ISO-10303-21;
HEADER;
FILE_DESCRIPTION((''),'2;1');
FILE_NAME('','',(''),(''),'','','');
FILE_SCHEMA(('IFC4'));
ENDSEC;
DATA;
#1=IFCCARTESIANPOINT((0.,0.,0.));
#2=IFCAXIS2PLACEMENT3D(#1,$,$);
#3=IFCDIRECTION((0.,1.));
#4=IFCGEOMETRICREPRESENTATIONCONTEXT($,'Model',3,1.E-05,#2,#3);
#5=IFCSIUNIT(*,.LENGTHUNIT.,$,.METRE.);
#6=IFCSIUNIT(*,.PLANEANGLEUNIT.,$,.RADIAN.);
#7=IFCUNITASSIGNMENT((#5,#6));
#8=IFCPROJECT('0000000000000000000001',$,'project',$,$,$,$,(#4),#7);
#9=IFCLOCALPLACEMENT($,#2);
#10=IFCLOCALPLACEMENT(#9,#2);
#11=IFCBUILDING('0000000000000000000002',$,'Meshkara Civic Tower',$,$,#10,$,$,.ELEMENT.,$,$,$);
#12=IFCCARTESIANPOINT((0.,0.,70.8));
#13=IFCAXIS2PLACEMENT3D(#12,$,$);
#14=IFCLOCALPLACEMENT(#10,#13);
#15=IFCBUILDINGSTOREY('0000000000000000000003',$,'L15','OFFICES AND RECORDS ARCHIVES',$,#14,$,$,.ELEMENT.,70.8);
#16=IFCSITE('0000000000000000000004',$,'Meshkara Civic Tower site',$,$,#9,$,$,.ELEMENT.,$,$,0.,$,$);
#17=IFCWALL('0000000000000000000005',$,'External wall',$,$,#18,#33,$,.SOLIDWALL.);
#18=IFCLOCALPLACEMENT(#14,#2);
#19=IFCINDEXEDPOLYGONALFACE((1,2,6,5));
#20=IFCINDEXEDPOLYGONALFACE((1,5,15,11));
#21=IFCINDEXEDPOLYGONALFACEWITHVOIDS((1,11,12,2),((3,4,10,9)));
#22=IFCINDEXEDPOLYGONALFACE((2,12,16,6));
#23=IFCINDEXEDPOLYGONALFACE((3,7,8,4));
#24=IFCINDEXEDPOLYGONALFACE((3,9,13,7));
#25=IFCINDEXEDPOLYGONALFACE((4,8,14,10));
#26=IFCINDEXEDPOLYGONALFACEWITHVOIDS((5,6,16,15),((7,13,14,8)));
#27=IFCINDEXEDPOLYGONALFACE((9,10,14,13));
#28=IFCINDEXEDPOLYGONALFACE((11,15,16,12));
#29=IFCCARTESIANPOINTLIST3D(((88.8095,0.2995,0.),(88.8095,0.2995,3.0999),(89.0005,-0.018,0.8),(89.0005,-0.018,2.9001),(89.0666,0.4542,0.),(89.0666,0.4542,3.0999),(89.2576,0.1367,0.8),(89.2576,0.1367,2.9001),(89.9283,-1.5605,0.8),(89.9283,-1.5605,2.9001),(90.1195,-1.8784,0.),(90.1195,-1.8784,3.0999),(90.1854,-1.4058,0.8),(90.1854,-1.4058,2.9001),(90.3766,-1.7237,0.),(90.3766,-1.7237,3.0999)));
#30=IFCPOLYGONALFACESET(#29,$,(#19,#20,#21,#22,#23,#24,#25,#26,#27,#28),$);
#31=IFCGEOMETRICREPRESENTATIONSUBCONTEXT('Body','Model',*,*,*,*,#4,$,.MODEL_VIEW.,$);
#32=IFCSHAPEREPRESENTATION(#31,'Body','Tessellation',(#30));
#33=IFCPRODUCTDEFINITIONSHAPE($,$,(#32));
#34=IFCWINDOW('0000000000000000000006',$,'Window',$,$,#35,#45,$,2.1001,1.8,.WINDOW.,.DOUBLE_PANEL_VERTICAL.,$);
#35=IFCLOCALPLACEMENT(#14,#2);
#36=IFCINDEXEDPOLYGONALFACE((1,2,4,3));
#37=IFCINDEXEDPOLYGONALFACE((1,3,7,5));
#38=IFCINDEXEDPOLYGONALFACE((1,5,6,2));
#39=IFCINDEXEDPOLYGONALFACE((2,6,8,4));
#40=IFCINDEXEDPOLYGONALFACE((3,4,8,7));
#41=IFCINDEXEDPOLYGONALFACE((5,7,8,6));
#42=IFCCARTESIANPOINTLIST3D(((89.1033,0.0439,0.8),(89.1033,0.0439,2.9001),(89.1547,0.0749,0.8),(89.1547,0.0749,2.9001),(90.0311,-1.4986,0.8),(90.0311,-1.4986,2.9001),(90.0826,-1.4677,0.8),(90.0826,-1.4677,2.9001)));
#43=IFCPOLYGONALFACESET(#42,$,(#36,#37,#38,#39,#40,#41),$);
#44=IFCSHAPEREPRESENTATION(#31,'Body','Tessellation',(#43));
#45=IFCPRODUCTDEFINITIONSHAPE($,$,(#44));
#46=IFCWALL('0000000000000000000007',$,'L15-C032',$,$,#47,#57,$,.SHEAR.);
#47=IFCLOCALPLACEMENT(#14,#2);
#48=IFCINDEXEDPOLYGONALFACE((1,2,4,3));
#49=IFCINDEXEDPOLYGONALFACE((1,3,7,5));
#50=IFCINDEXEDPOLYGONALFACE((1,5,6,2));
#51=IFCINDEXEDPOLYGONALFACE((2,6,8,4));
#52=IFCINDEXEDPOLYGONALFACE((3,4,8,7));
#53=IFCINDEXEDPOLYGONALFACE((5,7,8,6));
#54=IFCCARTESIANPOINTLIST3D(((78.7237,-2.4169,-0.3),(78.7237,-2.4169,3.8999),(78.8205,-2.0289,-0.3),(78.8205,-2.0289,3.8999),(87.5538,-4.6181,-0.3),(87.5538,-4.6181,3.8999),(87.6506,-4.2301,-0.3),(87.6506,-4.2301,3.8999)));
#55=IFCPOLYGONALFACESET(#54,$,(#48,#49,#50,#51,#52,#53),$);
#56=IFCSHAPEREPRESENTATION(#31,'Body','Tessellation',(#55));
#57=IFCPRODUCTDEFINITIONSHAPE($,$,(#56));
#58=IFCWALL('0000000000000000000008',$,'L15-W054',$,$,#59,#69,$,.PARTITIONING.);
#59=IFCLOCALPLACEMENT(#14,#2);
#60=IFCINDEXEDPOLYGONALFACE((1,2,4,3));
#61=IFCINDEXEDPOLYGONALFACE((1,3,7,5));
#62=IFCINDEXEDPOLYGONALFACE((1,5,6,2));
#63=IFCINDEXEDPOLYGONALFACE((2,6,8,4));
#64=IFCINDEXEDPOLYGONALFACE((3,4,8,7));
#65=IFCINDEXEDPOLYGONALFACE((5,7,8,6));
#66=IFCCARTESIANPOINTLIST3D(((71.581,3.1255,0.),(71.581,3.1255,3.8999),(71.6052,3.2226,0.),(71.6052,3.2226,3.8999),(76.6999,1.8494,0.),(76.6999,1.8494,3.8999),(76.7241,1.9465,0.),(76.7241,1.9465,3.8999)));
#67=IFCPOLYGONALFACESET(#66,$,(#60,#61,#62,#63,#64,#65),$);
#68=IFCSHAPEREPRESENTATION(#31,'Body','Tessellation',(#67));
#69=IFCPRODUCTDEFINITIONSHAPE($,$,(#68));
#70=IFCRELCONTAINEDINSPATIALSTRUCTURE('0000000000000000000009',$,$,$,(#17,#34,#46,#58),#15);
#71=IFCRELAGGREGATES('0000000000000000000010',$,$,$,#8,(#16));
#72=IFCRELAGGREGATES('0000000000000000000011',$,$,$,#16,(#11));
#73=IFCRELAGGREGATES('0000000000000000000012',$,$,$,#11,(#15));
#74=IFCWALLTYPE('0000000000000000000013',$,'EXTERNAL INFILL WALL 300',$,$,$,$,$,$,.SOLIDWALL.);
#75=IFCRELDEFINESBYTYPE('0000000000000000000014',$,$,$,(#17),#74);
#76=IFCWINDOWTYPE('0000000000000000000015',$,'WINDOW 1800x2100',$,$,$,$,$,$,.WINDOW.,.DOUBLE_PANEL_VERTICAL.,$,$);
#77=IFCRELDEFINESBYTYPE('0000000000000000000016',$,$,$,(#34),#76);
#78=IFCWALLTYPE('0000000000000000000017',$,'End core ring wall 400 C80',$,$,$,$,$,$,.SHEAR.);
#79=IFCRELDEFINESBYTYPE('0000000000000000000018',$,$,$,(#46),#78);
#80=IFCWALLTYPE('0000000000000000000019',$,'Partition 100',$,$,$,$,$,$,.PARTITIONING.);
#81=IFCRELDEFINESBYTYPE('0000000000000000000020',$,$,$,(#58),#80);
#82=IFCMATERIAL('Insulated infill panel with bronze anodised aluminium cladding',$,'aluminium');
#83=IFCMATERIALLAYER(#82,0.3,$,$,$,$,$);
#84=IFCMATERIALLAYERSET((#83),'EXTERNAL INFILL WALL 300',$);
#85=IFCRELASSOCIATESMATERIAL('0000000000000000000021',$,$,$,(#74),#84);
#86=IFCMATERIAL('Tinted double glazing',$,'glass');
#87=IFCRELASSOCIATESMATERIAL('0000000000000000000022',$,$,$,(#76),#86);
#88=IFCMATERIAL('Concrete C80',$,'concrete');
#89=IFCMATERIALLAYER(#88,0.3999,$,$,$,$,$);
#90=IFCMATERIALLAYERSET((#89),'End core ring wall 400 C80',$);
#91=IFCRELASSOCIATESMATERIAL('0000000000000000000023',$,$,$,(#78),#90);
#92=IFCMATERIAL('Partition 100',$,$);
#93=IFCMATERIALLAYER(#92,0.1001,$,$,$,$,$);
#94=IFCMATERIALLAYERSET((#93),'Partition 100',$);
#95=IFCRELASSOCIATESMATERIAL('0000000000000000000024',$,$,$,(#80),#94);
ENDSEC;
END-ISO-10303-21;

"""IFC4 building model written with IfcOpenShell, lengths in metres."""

from ifc_helpers import new_model, si_unit, direction, frame, frame_2d, origin, place, context, subcontext, project, spatial, rectangle, extrude, material, layer, layer_set, type_object, element, fill, save


model = new_model("IFC4")

# Units and contexts
model_context = context("Model", 3, precision=1e-05, world=origin(), true_north=direction((0.0, 1.0)))
body_context = subcontext(model_context, "Body", "Model", "MODEL_VIEW")
ifc_project = project(units=[si_unit("LENGTHUNIT", "METRE"), si_unit("PLANEANGLEUNIT", "RADIAN")], contexts=[model_context])

# Site, building, storey
site_placement = place(None, origin())
site = spatial("IfcSite", under=ifc_project, at=site_placement, Name="Meshkara Civic Tower site", CompositionType="ELEMENT", RefElevation=0.0)
building_placement = place(site_placement, origin())
building = spatial("IfcBuilding", under=site, at=building_placement, Name="Meshkara Civic Tower", CompositionType="ELEMENT")
storey_placement = place(building_placement, frame((0.0, 0.0, 70.8)))
storey = spatial("IfcBuildingStorey", under=building, at=storey_placement, Name="L15", Description="OFFICES AND RECORDS ARCHIVES", CompositionType="ELEMENT", Elevation=70.8)

# Wall, opening, window
ifc_material_1 = material(Name="Insulated infill panel with bronze anodised aluminium cladding", Category="aluminium")
ifc_layer_1 = layer(ifc_material_1, 0.3)
ifc_layer_set_1 = layer_set([ifc_layer_1], Name="EXTERNAL INFILL WALL 300")
wall_type_1 = type_object("IfcWallType", Name="EXTERNAL INFILL WALL 300", PredefinedType="SOLIDWALL", material=ifc_layer_set_1)
ifc_material_2 = material(Name="Tinted double glazing", Category="glass")
window_type_1 = type_object("IfcWindowType", Name="WINDOW 1800x2100", PartitioningType="DOUBLE_PANEL_VERTICAL", PredefinedType="WINDOW", material=ifc_material_2)
wall_1_placement = place(storey_placement, frame((90.248, -1.801, 0.0), z_axis=(0.0, 0.0, 1.0), x_axis=(-0.515442, 0.856925, 0.0)))
wall_1 = element("IfcWall", 1, at=wall_1_placement, inside=storey, type_object=wall_type_1, Name="External wall", PredefinedType="SOLIDWALL", context=body_context, shape_type="SweptSolid", body=[
    extrude(rectangle(XDim=2.5415, YDim=0.3, at=frame_2d((1.2708, 0.0))), origin(), (0.0, 0.0, 1.0), 3.0999),
])
opening_1_placement = place(wall_1_placement, frame((0.3711, 0.0, 0.8)))
opening_1 = element("IfcOpeningElement", 2, at=opening_1_placement, cuts=wall_1, PredefinedType="OPENING", context=body_context, shape_type="SweptSolid", body=[
    extrude(rectangle(XDim=1.8, YDim=2.1001, at=frame_2d((0.8999, 1.05))), frame((0.0, 0.1599, 0.0), z_axis=(0.0, -1.0, 0.0), x_axis=(1.0, 0.0, 0.0)), (0.0, 0.0, 1.0), 0.3201),
])
window_1_placement = place(opening_1_placement, origin())
window_1 = element("IfcWindow", 3, at=window_1_placement, inside=storey, type_object=window_type_1, Name="Window", OverallHeight=2.1001, OverallWidth=1.8, PartitioningType="DOUBLE_PANEL_VERTICAL", PredefinedType="WINDOW", context=body_context, shape_type="SweptSolid", body=[
    extrude(rectangle(XDim=1.8, YDim=2.1001, at=frame_2d((0.8999, 1.05))), frame((0.0, 0.03, 0.0), z_axis=(0.0, -1.0, 0.0), x_axis=(1.0, 0.0, 0.0)), (0.0, 0.0, 1.0), 0.0601),
])
fill(opening_1, window_1)

# Walls
ifc_material_3 = material(Name="Concrete C80", Category="concrete")
ifc_layer_2 = layer(ifc_material_3, 0.3999)
ifc_layer_set_2 = layer_set([ifc_layer_2], Name="End core ring wall 400 C80")
wall_type_2 = type_object("IfcWallType", Name="End core ring wall 400 C80", PredefinedType="SHEAR", material=ifc_layer_set_2)
wall_2_placement = place(storey_placement, frame((78.772, -2.2229, -0.3), z_axis=(0.0, 0.0, 1.0), x_axis=(0.970306, -0.241879, 0.0)))
element("IfcWall", 4, at=wall_2_placement, inside=storey, type_object=wall_type_2, Name="L15-C032", PredefinedType="SHEAR", context=body_context, shape_type="SweptSolid", body=[
    extrude(rectangle(XDim=9.1003, YDim=0.3999, at=frame_2d((4.5503, 0.0))), origin(), (0.0, 0.0, 1.0), 4.2),
])
ifc_material_4 = material(Name="Partition 100")
ifc_layer_3 = layer(ifc_material_4, 0.1001)
ifc_layer_set_3 = layer_set([ifc_layer_3], Name="Partition 100")
wall_type_3 = type_object("IfcWallType", Name="Partition 100", PredefinedType="PARTITIONING", material=ifc_layer_set_3)
wall_3_placement = place(storey_placement, frame((76.7119, 1.8979, 0.0), z_axis=(0.0, 0.0, 1.0), x_axis=(-0.970303, 0.241893, 0.0)))
element("IfcWall", 5, at=wall_3_placement, inside=storey, type_object=wall_type_3, Name="L15-W054", PredefinedType="PARTITIONING", context=body_context, shape_type="SweptSolid", body=[
    extrude(rectangle(XDim=5.2756, YDim=0.1001, at=frame_2d((2.6377, 0.0))), origin(), (0.0, 0.0, 1.0), 3.8999),
])

save(model, "model.ifc")
